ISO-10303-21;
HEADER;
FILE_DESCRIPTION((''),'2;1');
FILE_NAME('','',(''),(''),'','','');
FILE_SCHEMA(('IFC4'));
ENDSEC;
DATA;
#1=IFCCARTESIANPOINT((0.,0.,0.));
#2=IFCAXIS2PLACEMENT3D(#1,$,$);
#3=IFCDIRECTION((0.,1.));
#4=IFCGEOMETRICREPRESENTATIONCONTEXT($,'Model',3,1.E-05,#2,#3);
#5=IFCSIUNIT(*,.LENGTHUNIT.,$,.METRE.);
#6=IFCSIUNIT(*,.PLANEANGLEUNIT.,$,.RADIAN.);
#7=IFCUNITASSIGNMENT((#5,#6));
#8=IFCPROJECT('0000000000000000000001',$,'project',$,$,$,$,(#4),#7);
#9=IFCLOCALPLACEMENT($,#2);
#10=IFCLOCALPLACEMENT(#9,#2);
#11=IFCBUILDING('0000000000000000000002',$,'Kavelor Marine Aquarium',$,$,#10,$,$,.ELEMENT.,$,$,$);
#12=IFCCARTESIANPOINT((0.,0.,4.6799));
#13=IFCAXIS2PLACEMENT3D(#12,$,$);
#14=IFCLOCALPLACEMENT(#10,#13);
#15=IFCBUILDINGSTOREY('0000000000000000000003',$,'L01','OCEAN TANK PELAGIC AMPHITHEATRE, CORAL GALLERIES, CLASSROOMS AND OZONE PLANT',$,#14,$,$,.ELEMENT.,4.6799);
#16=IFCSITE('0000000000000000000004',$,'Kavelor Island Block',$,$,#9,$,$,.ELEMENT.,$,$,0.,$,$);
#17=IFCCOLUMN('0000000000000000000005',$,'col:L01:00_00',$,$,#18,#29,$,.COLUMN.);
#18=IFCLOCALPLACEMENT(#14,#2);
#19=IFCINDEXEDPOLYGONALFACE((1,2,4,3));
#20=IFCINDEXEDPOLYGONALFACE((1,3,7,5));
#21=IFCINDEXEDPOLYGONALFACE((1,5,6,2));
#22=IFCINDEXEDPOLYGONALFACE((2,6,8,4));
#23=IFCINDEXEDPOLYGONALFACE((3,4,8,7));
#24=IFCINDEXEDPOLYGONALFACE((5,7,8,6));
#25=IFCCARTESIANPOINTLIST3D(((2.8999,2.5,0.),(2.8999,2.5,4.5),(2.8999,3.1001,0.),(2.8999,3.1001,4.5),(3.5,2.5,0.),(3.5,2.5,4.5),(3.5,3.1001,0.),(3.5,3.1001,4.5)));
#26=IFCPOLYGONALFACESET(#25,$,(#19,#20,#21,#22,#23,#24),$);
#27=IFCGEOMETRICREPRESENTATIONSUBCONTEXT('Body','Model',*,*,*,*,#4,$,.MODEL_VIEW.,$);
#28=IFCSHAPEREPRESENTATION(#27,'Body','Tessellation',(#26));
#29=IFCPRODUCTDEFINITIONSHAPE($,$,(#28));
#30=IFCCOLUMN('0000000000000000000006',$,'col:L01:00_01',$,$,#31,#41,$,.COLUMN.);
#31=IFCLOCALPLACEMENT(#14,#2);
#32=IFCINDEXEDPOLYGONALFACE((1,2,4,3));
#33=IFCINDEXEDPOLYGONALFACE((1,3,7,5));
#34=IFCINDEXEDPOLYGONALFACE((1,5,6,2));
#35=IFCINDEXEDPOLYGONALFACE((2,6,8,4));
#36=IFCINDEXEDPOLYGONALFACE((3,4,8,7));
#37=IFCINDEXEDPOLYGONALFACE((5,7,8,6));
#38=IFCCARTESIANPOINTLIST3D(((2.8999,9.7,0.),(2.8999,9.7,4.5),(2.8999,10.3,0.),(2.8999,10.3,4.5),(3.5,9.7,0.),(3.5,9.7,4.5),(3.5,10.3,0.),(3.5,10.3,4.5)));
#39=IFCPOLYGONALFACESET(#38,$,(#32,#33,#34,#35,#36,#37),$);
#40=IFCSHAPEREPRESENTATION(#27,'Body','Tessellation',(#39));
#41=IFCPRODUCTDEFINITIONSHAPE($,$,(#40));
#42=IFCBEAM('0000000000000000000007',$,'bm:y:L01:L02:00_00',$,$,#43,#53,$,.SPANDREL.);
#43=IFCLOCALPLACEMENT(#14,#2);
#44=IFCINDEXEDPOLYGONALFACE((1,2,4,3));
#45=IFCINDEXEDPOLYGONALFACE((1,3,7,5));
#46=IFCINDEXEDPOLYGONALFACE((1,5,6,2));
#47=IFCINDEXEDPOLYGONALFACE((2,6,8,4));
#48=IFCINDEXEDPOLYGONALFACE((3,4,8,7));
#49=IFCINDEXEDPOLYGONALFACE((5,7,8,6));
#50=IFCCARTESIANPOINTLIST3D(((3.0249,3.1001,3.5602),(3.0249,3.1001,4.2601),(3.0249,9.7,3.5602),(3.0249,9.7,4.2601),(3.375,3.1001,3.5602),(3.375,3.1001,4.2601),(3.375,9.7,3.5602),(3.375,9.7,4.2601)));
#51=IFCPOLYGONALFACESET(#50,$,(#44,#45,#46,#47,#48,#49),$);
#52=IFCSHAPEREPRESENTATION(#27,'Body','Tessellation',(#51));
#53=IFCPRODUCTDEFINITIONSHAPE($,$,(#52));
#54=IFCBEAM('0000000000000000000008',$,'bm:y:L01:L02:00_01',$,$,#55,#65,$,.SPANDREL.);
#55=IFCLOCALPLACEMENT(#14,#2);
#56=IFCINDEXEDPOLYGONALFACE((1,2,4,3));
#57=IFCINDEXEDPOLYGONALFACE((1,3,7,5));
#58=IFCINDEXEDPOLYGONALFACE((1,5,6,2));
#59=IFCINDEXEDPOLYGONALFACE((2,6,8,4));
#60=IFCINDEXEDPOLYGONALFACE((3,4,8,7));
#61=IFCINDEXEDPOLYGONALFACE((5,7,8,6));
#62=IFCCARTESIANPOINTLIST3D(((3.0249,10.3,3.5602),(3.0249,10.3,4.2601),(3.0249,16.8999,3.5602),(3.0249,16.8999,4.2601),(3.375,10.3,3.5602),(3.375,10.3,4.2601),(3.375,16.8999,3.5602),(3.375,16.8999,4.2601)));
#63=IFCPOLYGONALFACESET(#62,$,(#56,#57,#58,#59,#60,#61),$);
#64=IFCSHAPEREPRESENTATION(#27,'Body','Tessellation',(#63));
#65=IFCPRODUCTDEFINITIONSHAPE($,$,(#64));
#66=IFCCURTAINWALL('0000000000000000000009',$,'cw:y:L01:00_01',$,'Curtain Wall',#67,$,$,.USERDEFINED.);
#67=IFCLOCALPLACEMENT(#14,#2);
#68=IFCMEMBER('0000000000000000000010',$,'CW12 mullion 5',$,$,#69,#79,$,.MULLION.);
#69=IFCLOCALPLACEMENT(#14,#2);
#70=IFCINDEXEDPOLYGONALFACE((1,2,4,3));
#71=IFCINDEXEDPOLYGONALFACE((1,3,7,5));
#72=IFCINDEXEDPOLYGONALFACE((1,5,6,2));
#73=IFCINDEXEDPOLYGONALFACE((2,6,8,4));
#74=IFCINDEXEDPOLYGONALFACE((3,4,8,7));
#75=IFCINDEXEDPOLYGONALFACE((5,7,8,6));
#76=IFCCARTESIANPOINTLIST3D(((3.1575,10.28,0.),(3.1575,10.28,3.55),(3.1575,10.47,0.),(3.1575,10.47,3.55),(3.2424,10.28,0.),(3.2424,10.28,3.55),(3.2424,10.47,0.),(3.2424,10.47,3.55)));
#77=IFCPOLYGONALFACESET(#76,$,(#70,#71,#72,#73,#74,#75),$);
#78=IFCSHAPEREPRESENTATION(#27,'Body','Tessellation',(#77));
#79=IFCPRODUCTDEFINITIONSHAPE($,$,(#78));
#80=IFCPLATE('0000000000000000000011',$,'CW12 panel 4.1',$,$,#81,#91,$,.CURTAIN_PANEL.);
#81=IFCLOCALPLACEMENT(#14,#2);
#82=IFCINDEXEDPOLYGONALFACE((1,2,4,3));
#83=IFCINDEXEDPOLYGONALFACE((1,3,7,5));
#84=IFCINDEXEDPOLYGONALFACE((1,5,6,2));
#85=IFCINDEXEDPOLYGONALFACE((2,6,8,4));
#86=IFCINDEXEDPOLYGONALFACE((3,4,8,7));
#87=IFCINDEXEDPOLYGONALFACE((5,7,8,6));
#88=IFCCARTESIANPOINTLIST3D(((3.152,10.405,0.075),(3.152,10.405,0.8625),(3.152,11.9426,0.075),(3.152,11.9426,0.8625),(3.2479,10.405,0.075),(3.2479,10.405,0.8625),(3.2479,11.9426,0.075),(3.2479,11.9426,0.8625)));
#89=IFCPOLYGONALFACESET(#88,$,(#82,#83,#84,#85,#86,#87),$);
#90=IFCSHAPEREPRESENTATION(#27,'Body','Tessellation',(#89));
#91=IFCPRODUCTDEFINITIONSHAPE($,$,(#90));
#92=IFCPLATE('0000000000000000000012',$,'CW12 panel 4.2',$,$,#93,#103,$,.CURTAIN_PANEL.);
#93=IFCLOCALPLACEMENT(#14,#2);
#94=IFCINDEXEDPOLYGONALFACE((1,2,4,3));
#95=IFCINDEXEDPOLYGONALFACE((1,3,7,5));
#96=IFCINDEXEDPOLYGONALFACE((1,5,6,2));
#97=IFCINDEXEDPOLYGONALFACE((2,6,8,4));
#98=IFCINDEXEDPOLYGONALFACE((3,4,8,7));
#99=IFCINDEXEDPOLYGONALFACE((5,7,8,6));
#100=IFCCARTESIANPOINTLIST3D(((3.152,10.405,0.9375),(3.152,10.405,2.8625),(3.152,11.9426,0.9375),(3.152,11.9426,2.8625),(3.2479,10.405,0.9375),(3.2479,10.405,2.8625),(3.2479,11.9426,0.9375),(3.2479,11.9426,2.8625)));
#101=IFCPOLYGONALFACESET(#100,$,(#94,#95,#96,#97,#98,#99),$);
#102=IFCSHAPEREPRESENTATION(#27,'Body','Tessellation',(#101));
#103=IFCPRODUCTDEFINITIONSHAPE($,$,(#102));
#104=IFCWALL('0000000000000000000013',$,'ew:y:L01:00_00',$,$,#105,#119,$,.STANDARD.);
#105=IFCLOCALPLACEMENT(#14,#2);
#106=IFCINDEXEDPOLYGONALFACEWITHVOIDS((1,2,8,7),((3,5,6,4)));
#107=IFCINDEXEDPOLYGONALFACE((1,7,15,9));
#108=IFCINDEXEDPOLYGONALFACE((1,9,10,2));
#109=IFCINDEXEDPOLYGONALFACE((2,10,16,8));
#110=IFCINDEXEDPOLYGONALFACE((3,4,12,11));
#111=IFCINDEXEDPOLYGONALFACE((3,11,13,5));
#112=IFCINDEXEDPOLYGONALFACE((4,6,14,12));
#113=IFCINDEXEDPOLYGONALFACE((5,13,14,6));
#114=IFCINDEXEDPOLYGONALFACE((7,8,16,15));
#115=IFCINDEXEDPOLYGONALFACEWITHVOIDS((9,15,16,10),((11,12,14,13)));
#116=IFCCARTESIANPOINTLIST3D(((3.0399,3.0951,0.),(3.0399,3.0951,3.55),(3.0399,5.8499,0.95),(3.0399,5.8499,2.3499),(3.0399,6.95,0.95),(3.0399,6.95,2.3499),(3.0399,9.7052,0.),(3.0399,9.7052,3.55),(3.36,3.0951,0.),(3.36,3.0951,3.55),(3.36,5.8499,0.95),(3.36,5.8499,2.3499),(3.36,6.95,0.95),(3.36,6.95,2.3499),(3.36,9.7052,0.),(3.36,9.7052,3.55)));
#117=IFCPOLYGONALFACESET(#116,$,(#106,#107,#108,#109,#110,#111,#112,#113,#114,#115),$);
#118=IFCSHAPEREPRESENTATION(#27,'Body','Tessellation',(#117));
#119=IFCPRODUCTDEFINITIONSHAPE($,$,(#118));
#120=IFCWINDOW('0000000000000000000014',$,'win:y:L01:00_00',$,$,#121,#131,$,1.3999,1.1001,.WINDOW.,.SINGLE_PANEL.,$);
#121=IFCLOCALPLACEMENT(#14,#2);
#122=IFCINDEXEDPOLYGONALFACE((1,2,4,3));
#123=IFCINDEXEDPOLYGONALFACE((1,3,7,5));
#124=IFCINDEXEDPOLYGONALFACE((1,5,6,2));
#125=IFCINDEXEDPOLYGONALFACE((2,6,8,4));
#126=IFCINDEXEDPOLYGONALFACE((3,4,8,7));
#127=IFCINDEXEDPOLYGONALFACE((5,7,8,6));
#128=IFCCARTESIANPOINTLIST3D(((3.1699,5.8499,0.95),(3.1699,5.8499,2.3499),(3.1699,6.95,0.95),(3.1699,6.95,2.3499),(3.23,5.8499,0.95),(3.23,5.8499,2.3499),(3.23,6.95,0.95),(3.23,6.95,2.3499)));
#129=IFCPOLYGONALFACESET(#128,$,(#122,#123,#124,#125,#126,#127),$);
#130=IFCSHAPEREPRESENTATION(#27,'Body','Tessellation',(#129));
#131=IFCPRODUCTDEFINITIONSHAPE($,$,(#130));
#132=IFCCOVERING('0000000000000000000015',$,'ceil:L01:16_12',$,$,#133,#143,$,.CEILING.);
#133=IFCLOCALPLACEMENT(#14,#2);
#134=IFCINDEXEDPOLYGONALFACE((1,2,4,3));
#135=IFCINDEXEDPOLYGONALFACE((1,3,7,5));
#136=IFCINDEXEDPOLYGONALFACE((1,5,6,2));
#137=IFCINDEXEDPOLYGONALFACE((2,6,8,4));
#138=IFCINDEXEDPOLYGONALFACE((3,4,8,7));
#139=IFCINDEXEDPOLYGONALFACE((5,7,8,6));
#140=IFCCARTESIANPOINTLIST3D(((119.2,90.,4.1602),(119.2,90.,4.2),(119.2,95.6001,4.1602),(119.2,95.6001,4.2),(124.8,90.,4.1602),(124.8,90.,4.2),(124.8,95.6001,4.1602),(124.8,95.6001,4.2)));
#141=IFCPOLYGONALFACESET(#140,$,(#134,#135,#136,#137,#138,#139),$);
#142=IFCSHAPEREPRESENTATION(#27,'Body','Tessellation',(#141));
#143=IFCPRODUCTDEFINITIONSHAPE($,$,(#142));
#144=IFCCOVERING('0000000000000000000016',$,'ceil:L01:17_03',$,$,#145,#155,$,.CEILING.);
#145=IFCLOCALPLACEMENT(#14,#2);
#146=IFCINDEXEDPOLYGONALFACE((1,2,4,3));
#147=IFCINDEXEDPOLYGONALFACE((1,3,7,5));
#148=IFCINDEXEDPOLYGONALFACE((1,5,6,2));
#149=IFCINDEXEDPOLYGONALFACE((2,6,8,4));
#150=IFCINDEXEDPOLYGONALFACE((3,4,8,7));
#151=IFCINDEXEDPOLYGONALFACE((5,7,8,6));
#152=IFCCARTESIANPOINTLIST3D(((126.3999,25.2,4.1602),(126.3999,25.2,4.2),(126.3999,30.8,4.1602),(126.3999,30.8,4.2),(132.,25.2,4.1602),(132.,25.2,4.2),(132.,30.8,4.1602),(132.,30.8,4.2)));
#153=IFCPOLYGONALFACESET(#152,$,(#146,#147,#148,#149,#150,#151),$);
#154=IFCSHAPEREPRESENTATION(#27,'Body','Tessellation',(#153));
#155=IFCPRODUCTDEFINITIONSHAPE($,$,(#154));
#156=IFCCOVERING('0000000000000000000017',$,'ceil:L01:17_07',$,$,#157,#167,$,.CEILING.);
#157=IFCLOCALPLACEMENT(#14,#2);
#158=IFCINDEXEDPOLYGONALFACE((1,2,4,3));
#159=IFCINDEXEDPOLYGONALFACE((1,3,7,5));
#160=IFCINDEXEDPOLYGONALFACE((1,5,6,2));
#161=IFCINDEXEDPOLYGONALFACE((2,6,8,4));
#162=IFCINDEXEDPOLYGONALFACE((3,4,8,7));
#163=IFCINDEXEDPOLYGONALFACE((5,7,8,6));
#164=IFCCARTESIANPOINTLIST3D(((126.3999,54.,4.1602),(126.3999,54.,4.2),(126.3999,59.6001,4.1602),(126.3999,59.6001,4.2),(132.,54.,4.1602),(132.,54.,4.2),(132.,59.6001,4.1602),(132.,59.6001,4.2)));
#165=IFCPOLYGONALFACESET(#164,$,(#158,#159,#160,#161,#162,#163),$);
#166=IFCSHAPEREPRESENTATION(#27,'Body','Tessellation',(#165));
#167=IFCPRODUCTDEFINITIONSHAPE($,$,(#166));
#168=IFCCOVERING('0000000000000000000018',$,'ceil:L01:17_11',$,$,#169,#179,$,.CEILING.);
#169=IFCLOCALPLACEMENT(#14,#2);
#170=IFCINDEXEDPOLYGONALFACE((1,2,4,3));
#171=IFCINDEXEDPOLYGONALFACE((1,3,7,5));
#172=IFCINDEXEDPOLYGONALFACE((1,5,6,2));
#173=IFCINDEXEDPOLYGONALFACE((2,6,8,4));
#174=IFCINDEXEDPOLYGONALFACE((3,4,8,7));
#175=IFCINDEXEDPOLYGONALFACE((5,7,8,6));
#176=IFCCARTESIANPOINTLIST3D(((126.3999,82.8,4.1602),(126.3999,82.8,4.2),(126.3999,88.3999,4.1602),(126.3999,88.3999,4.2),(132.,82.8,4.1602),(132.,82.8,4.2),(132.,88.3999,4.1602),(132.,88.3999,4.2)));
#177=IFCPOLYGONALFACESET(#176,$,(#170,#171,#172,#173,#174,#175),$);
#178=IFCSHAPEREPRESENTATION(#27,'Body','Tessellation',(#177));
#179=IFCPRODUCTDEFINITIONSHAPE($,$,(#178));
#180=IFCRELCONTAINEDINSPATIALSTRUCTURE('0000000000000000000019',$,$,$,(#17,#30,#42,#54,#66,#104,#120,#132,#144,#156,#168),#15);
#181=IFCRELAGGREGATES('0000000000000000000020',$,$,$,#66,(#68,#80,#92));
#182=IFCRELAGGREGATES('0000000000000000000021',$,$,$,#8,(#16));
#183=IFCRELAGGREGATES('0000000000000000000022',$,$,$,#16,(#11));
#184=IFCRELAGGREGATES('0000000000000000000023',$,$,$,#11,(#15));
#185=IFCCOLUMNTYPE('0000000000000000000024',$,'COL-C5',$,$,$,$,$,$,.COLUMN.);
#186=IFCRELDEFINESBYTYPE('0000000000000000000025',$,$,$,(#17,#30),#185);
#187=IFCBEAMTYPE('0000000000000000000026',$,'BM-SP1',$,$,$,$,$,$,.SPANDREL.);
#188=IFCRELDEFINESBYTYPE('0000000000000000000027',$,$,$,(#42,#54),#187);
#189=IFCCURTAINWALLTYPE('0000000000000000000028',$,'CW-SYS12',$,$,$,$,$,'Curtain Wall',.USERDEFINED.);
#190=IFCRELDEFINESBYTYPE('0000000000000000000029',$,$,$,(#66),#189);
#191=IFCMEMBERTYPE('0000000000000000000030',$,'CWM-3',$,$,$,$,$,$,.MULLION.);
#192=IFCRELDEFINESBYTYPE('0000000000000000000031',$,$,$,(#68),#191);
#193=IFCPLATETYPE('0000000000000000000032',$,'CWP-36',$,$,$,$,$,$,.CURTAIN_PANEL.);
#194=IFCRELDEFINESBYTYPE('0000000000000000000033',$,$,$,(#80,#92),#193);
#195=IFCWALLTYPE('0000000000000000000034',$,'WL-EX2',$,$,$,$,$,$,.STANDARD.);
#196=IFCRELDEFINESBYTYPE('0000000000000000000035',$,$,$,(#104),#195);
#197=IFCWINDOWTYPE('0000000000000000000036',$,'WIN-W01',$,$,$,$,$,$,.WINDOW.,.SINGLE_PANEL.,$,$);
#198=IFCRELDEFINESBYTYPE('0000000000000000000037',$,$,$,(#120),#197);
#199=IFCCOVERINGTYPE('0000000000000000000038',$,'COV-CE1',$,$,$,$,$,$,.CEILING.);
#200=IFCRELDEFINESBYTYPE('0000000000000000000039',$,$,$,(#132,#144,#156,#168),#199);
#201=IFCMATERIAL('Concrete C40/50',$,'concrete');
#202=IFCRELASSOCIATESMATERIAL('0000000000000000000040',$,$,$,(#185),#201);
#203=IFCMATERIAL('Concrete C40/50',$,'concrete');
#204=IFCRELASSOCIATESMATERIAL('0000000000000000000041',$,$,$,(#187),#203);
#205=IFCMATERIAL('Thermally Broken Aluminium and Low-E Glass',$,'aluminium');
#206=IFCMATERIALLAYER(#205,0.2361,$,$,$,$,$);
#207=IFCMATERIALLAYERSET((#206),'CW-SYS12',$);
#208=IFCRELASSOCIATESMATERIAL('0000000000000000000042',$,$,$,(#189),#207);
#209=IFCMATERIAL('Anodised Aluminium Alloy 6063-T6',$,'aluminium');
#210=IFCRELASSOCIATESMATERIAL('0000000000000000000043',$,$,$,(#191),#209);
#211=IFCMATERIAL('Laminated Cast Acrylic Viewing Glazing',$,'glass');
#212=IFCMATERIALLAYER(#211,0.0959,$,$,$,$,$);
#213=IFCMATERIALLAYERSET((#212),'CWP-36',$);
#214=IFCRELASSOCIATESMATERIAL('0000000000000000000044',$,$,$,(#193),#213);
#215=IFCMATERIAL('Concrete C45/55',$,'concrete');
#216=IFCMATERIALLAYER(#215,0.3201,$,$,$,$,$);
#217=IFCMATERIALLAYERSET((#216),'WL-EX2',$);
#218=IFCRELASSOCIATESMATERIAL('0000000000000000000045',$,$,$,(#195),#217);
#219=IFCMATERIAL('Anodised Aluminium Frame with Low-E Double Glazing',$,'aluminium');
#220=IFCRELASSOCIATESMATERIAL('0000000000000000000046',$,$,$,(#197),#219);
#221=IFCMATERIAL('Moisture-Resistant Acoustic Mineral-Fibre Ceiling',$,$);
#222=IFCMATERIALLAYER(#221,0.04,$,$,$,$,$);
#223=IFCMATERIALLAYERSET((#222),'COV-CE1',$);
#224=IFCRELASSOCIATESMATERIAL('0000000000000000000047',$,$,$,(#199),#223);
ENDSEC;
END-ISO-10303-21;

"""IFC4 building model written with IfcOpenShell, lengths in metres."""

from ifc_helpers import new_model, si_unit, direction, frame, frame_2d, origin, origin_2d, place, context, subcontext, project, spatial, polyline, rectangle, outline, extrude, material, layer, layer_set, material_profile, profile_set, type_object, element, fill, aggregate, save


model = new_model("IFC4")

# Units and contexts
model_context = context("Model", 3, precision=1e-05, world=origin(), true_north=direction((0.0, 1.0)))
body_context = subcontext(model_context, "Body", "Model", "MODEL_VIEW")
ifc_project = project(units=[si_unit("LENGTHUNIT", "METRE"), si_unit("PLANEANGLEUNIT", "RADIAN")], contexts=[model_context])

# Site, building, storey
site_placement = place(None, origin())
site = spatial("IfcSite", under=ifc_project, at=site_placement, Name="Kavelor Island Block", CompositionType="ELEMENT", RefElevation=0.0)
building_placement = place(site_placement, origin())
building = spatial("IfcBuilding", under=site, at=building_placement, Name="Kavelor Marine Aquarium", CompositionType="ELEMENT")
storey_placement = place(building_placement, frame((0.0, 0.0, 4.6799)))
storey = spatial("IfcBuildingStorey", under=building, at=storey_placement, Name="L01", Description="OCEAN TANK PELAGIC AMPHITHEATRE, CORAL GALLERIES, CLASSROOMS AND OZONE PLANT", CompositionType="ELEMENT", Elevation=4.6799)

# Columns
ifc_material_1 = material(Name="Concrete C40/50", Category="concrete")
ifc_material_profile_1 = material_profile(ifc_material_1, rectangle(XDim=0.6001, YDim=0.6001, at=origin_2d()), Name="RC-COL 600x600")
ifc_profile_set_1 = profile_set([ifc_material_profile_1], Name="Concrete C40/50")
column_type = type_object("IfcColumnType", Name="COL-C5", PredefinedType="COLUMN", material=ifc_profile_set_1)
for number, where, z_axis, x_axis, name in (
    (1, (3.2, 2.8, 0.0), (0.0, 0.0, 1.0), (1.0, 0.0, 0.0), "col:L01:00_00"),
    (2, (3.2, 10.0, 0.0), (0.0, 0.0, 1.0), (1.0, 0.0, 0.0), "col:L01:00_01"),
):
    element("IfcColumn", number, at=place(storey_placement, frame(where, z_axis=z_axis, x_axis=x_axis)), inside=storey, type_object=column_type, Name=name, PredefinedType="COLUMN", context=body_context, shape_type="SweptSolid", body=[
        extrude(rectangle(XDim=0.6001, YDim=0.6001, at=origin_2d()), origin(), (0.0, 0.0, 1.0), 4.5),
    ])

# Beams
ifc_material_2 = material(Name="Concrete C40/50", Category="concrete")
ifc_material_profile_2 = material_profile(ifc_material_2, rectangle(XDim=0.3501, YDim=0.7, at=origin_2d()), Name="RC-SP 350x700")
ifc_profile_set_2 = profile_set([ifc_material_profile_2], Name="Concrete C40/50")
beam_type = type_object("IfcBeamType", Name="BM-SP1", PredefinedType="SPANDREL", material=ifc_profile_set_2)
for number, where, z_axis, x_axis, name in (
    (3, (3.2, 3.1001, 3.9102), (0.0, 1.0, 0.0), (-1.0, 0.0, 0.0), "bm:y:L01:L02:00_00"),
    (4, (3.2, 10.3, 3.9102), (0.0, 1.0, 0.0), (-1.0, 0.0, 0.0), "bm:y:L01:L02:00_01"),
):
    element("IfcBeam", number, at=place(storey_placement, frame(where, z_axis=z_axis, x_axis=x_axis)), inside=storey, type_object=beam_type, Name=name, PredefinedType="SPANDREL", context=body_context, shape_type="SweptSolid", body=[
        extrude(rectangle(XDim=0.3501, YDim=0.7, at=origin_2d()), origin(), (0.0, 0.0, 1.0), 6.5999),
    ])

# Curtain wall, member, plates
ifc_material_3 = material(Name="Thermally Broken Aluminium and Low-E Glass", Category="aluminium")
ifc_layer_1 = layer(ifc_material_3, 0.2361)
ifc_layer_set_1 = layer_set([ifc_layer_1], Name="CW-SYS12")
curtain_wall_type = type_object("IfcCurtainWallType", Name="CW-SYS12", ElementType="Curtain Wall", PredefinedType="USERDEFINED", material=ifc_layer_set_1)
curtain_wall_placement = place(storey_placement, origin())
curtain_wall = element("IfcCurtainWall", 5, at=curtain_wall_placement, inside=storey, type_object=curtain_wall_type, Name="cw:y:L01:00_01", ObjectType="Curtain Wall", PredefinedType="USERDEFINED")
ifc_material_4 = material(Name="Anodised Aluminium Alloy 6063-T6", Category="aluminium")
ifc_material_profile_3 = material_profile(ifc_material_4, rectangle(XDim=0.085, YDim=0.1899, at=origin_2d()), Name="CW-MUL 85x190")
ifc_profile_set_3 = profile_set([ifc_material_profile_3], Name="Anodised Aluminium Alloy 6063-T6")
member_type = type_object("IfcMemberType", Name="CWM-3", PredefinedType="MULLION", material=ifc_profile_set_3)
member_placement = place(storey_placement, frame((3.2, 10.375, 0.0), z_axis=(0.0, 0.0, 1.0), x_axis=(1.0, 0.0, 0.0)))
member = element("IfcMember", 6, at=member_placement, type_object=member_type, Name="CW12 mullion 5", PredefinedType="MULLION", context=body_context, shape_type="SweptSolid", body=[
    extrude(rectangle(XDim=0.085, YDim=0.1899, at=origin_2d()), origin(), (0.0, 0.0, 1.0), 3.55),
])
ifc_material_5 = material(Name="Laminated Cast Acrylic Viewing Glazing", Category="glass")
ifc_layer_2 = layer(ifc_material_5, 0.0959)
ifc_layer_set_2 = layer_set([ifc_layer_2], Name="CWP-36")
plate_type = type_object("IfcPlateType", Name="CWP-36", PredefinedType="CURTAIN_PANEL", material=ifc_layer_set_2)
plate_1_placement = place(storey_placement, frame((3.2, 11.1738, 0.075), z_axis=(0.0, 0.0, 1.0), x_axis=(0.0, -1.0, 0.0)))
plate_1 = element("IfcPlate", 7, at=plate_1_placement, type_object=plate_type, Name="CW12 panel 4.1", PredefinedType="CURTAIN_PANEL", context=body_context, shape_type="SweptSolid", body=[
    extrude(rectangle(XDim=1.5376, YDim=0.0959, at=origin_2d()), origin(), (0.0, 0.0, 1.0), 0.7876),
])
plate_2_placement = place(storey_placement, frame((3.2, 11.1738, 0.9375), z_axis=(0.0, 0.0, 1.0), x_axis=(0.0, -1.0, 0.0)))
plate_2 = element("IfcPlate", 8, at=plate_2_placement, type_object=plate_type, Name="CW12 panel 4.2", PredefinedType="CURTAIN_PANEL", context=body_context, shape_type="SweptSolid", body=[
    extrude(rectangle(XDim=1.5376, YDim=0.0959, at=origin_2d()), origin(), (0.0, 0.0, 1.0), 1.925),
])
aggregate(curtain_wall, [member, plate_1, plate_2])

# Wall, opening, window
ifc_material_6 = material(Name="Concrete C45/55", Category="concrete")
ifc_layer_3 = layer(ifc_material_6, 0.3201)
ifc_layer_set_3 = layer_set([ifc_layer_3], Name="WL-EX2")
wall_type = type_object("IfcWallType", Name="WL-EX2", PredefinedType="STANDARD", material=ifc_layer_set_3)
wall_placement = place(storey_placement, frame((3.2, 3.095, 0.0), z_axis=(0.0, 0.0, 1.0), x_axis=(0.0, 1.0, 0.0)))
wall = element("IfcWall", 9, at=wall_placement, inside=storey, type_object=wall_type, Name="ew:y:L01:00_00", PredefinedType="STANDARD", context=body_context, shape_type="SweptSolid", body=[
    extrude(rectangle(XDim=6.6101, YDim=0.3201, at=frame_2d((3.3052, 0.0))), origin(), (0.0, 0.0, 1.0), 3.55),
])
opening_placement = place(wall_placement, frame((2.7549, 0.0, 0.95)))
opening = element("IfcOpeningElement", 10, at=opening_placement, cuts=wall, PredefinedType="OPENING", context=body_context, shape_type="SweptSolid", body=[
    extrude(rectangle(XDim=1.1001, YDim=1.3999, at=frame_2d((0.55, 0.7))), frame((0.0, 0.1699, 0.0), z_axis=(0.0, -1.0, 0.0), x_axis=(1.0, 0.0, 0.0)), (0.0, 0.0, 1.0), 0.3401),
])
ifc_material_7 = material(Name="Anodised Aluminium Frame with Low-E Double Glazing", Category="aluminium")
window_type = type_object("IfcWindowType", Name="WIN-W01", PartitioningType="SINGLE_PANEL", PredefinedType="WINDOW", material=ifc_material_7)
window_placement = place(opening_placement, origin())
window = element("IfcWindow", 11, at=window_placement, inside=storey, type_object=window_type, Name="win:y:L01:00_00", OverallHeight=1.3999, OverallWidth=1.1001, PartitioningType="SINGLE_PANEL", PredefinedType="WINDOW", context=body_context, shape_type="SweptSolid", body=[
    extrude(rectangle(XDim=1.1001, YDim=1.3999, at=frame_2d((0.55, 0.7))), frame((0.0, 0.03, 0.0), z_axis=(0.0, -1.0, 0.0), x_axis=(1.0, 0.0, 0.0)), (0.0, 0.0, 1.0), 0.0601),
])
fill(opening, window)

# Coverings
ifc_material_8 = material(Name="Moisture-Resistant Acoustic Mineral-Fibre Ceiling")
ifc_layer_4 = layer(ifc_material_8, 0.04)
ifc_layer_set_4 = layer_set([ifc_layer_4], Name="COV-CE1")
covering_type_1 = type_object("IfcCoveringType", Name="COV-CE1", PredefinedType="CEILING", material=ifc_layer_set_4)
covering_1_placement = place(storey_placement, frame((0.0, 0.0, 4.1602)))
element("IfcCovering", 12, at=covering_1_placement, inside=storey, type_object=covering_type_1, Name="ceil:L01:16_12", PredefinedType="CEILING", context=body_context, shape_type="SweptSolid", body=[
    extrude(outline(polyline([(119.2, 90.0), (124.8, 90.0), (124.8, 95.6001), (119.2, 95.6001), (119.2, 90.0)])), origin(), (0.0, 0.0, 1.0), 0.0398),
])
covering_2_placement = place(storey_placement, frame((0.0, 0.0, 4.1602)))
element("IfcCovering", 13, at=covering_2_placement, inside=storey, type_object=covering_type_1, Name="ceil:L01:17_03", PredefinedType="CEILING", context=body_context, shape_type="SweptSolid", body=[
    extrude(outline(polyline([(126.3999, 25.2), (132.0, 25.2), (132.0, 30.8), (126.3999, 30.8), (126.3999, 25.2)])), origin(), (0.0, 0.0, 1.0), 0.0398),
])
covering_3_placement = place(storey_placement, frame((0.0, 0.0, 4.1602)))
element("IfcCovering", 14, at=covering_3_placement, inside=storey, type_object=covering_type_1, Name="ceil:L01:17_07", PredefinedType="CEILING", context=body_context, shape_type="SweptSolid", body=[
    extrude(outline(polyline([(126.3999, 54.0), (132.0, 54.0), (132.0, 59.6001), (126.3999, 59.6001), (126.3999, 54.0)])), origin(), (0.0, 0.0, 1.0), 0.0398),
])
covering_4_placement = place(storey_placement, frame((0.0, 0.0, 4.1602)))
element("IfcCovering", 15, at=covering_4_placement, inside=storey, type_object=covering_type_1, Name="ceil:L01:17_11", PredefinedType="CEILING", context=body_context, shape_type="SweptSolid", body=[
    extrude(outline(polyline([(126.3999, 82.8), (132.0, 82.8), (132.0, 88.3999), (126.3999, 88.3999), (126.3999, 82.8)])), origin(), (0.0, 0.0, 1.0), 0.0398),
])

save(model, "model.ifc")
